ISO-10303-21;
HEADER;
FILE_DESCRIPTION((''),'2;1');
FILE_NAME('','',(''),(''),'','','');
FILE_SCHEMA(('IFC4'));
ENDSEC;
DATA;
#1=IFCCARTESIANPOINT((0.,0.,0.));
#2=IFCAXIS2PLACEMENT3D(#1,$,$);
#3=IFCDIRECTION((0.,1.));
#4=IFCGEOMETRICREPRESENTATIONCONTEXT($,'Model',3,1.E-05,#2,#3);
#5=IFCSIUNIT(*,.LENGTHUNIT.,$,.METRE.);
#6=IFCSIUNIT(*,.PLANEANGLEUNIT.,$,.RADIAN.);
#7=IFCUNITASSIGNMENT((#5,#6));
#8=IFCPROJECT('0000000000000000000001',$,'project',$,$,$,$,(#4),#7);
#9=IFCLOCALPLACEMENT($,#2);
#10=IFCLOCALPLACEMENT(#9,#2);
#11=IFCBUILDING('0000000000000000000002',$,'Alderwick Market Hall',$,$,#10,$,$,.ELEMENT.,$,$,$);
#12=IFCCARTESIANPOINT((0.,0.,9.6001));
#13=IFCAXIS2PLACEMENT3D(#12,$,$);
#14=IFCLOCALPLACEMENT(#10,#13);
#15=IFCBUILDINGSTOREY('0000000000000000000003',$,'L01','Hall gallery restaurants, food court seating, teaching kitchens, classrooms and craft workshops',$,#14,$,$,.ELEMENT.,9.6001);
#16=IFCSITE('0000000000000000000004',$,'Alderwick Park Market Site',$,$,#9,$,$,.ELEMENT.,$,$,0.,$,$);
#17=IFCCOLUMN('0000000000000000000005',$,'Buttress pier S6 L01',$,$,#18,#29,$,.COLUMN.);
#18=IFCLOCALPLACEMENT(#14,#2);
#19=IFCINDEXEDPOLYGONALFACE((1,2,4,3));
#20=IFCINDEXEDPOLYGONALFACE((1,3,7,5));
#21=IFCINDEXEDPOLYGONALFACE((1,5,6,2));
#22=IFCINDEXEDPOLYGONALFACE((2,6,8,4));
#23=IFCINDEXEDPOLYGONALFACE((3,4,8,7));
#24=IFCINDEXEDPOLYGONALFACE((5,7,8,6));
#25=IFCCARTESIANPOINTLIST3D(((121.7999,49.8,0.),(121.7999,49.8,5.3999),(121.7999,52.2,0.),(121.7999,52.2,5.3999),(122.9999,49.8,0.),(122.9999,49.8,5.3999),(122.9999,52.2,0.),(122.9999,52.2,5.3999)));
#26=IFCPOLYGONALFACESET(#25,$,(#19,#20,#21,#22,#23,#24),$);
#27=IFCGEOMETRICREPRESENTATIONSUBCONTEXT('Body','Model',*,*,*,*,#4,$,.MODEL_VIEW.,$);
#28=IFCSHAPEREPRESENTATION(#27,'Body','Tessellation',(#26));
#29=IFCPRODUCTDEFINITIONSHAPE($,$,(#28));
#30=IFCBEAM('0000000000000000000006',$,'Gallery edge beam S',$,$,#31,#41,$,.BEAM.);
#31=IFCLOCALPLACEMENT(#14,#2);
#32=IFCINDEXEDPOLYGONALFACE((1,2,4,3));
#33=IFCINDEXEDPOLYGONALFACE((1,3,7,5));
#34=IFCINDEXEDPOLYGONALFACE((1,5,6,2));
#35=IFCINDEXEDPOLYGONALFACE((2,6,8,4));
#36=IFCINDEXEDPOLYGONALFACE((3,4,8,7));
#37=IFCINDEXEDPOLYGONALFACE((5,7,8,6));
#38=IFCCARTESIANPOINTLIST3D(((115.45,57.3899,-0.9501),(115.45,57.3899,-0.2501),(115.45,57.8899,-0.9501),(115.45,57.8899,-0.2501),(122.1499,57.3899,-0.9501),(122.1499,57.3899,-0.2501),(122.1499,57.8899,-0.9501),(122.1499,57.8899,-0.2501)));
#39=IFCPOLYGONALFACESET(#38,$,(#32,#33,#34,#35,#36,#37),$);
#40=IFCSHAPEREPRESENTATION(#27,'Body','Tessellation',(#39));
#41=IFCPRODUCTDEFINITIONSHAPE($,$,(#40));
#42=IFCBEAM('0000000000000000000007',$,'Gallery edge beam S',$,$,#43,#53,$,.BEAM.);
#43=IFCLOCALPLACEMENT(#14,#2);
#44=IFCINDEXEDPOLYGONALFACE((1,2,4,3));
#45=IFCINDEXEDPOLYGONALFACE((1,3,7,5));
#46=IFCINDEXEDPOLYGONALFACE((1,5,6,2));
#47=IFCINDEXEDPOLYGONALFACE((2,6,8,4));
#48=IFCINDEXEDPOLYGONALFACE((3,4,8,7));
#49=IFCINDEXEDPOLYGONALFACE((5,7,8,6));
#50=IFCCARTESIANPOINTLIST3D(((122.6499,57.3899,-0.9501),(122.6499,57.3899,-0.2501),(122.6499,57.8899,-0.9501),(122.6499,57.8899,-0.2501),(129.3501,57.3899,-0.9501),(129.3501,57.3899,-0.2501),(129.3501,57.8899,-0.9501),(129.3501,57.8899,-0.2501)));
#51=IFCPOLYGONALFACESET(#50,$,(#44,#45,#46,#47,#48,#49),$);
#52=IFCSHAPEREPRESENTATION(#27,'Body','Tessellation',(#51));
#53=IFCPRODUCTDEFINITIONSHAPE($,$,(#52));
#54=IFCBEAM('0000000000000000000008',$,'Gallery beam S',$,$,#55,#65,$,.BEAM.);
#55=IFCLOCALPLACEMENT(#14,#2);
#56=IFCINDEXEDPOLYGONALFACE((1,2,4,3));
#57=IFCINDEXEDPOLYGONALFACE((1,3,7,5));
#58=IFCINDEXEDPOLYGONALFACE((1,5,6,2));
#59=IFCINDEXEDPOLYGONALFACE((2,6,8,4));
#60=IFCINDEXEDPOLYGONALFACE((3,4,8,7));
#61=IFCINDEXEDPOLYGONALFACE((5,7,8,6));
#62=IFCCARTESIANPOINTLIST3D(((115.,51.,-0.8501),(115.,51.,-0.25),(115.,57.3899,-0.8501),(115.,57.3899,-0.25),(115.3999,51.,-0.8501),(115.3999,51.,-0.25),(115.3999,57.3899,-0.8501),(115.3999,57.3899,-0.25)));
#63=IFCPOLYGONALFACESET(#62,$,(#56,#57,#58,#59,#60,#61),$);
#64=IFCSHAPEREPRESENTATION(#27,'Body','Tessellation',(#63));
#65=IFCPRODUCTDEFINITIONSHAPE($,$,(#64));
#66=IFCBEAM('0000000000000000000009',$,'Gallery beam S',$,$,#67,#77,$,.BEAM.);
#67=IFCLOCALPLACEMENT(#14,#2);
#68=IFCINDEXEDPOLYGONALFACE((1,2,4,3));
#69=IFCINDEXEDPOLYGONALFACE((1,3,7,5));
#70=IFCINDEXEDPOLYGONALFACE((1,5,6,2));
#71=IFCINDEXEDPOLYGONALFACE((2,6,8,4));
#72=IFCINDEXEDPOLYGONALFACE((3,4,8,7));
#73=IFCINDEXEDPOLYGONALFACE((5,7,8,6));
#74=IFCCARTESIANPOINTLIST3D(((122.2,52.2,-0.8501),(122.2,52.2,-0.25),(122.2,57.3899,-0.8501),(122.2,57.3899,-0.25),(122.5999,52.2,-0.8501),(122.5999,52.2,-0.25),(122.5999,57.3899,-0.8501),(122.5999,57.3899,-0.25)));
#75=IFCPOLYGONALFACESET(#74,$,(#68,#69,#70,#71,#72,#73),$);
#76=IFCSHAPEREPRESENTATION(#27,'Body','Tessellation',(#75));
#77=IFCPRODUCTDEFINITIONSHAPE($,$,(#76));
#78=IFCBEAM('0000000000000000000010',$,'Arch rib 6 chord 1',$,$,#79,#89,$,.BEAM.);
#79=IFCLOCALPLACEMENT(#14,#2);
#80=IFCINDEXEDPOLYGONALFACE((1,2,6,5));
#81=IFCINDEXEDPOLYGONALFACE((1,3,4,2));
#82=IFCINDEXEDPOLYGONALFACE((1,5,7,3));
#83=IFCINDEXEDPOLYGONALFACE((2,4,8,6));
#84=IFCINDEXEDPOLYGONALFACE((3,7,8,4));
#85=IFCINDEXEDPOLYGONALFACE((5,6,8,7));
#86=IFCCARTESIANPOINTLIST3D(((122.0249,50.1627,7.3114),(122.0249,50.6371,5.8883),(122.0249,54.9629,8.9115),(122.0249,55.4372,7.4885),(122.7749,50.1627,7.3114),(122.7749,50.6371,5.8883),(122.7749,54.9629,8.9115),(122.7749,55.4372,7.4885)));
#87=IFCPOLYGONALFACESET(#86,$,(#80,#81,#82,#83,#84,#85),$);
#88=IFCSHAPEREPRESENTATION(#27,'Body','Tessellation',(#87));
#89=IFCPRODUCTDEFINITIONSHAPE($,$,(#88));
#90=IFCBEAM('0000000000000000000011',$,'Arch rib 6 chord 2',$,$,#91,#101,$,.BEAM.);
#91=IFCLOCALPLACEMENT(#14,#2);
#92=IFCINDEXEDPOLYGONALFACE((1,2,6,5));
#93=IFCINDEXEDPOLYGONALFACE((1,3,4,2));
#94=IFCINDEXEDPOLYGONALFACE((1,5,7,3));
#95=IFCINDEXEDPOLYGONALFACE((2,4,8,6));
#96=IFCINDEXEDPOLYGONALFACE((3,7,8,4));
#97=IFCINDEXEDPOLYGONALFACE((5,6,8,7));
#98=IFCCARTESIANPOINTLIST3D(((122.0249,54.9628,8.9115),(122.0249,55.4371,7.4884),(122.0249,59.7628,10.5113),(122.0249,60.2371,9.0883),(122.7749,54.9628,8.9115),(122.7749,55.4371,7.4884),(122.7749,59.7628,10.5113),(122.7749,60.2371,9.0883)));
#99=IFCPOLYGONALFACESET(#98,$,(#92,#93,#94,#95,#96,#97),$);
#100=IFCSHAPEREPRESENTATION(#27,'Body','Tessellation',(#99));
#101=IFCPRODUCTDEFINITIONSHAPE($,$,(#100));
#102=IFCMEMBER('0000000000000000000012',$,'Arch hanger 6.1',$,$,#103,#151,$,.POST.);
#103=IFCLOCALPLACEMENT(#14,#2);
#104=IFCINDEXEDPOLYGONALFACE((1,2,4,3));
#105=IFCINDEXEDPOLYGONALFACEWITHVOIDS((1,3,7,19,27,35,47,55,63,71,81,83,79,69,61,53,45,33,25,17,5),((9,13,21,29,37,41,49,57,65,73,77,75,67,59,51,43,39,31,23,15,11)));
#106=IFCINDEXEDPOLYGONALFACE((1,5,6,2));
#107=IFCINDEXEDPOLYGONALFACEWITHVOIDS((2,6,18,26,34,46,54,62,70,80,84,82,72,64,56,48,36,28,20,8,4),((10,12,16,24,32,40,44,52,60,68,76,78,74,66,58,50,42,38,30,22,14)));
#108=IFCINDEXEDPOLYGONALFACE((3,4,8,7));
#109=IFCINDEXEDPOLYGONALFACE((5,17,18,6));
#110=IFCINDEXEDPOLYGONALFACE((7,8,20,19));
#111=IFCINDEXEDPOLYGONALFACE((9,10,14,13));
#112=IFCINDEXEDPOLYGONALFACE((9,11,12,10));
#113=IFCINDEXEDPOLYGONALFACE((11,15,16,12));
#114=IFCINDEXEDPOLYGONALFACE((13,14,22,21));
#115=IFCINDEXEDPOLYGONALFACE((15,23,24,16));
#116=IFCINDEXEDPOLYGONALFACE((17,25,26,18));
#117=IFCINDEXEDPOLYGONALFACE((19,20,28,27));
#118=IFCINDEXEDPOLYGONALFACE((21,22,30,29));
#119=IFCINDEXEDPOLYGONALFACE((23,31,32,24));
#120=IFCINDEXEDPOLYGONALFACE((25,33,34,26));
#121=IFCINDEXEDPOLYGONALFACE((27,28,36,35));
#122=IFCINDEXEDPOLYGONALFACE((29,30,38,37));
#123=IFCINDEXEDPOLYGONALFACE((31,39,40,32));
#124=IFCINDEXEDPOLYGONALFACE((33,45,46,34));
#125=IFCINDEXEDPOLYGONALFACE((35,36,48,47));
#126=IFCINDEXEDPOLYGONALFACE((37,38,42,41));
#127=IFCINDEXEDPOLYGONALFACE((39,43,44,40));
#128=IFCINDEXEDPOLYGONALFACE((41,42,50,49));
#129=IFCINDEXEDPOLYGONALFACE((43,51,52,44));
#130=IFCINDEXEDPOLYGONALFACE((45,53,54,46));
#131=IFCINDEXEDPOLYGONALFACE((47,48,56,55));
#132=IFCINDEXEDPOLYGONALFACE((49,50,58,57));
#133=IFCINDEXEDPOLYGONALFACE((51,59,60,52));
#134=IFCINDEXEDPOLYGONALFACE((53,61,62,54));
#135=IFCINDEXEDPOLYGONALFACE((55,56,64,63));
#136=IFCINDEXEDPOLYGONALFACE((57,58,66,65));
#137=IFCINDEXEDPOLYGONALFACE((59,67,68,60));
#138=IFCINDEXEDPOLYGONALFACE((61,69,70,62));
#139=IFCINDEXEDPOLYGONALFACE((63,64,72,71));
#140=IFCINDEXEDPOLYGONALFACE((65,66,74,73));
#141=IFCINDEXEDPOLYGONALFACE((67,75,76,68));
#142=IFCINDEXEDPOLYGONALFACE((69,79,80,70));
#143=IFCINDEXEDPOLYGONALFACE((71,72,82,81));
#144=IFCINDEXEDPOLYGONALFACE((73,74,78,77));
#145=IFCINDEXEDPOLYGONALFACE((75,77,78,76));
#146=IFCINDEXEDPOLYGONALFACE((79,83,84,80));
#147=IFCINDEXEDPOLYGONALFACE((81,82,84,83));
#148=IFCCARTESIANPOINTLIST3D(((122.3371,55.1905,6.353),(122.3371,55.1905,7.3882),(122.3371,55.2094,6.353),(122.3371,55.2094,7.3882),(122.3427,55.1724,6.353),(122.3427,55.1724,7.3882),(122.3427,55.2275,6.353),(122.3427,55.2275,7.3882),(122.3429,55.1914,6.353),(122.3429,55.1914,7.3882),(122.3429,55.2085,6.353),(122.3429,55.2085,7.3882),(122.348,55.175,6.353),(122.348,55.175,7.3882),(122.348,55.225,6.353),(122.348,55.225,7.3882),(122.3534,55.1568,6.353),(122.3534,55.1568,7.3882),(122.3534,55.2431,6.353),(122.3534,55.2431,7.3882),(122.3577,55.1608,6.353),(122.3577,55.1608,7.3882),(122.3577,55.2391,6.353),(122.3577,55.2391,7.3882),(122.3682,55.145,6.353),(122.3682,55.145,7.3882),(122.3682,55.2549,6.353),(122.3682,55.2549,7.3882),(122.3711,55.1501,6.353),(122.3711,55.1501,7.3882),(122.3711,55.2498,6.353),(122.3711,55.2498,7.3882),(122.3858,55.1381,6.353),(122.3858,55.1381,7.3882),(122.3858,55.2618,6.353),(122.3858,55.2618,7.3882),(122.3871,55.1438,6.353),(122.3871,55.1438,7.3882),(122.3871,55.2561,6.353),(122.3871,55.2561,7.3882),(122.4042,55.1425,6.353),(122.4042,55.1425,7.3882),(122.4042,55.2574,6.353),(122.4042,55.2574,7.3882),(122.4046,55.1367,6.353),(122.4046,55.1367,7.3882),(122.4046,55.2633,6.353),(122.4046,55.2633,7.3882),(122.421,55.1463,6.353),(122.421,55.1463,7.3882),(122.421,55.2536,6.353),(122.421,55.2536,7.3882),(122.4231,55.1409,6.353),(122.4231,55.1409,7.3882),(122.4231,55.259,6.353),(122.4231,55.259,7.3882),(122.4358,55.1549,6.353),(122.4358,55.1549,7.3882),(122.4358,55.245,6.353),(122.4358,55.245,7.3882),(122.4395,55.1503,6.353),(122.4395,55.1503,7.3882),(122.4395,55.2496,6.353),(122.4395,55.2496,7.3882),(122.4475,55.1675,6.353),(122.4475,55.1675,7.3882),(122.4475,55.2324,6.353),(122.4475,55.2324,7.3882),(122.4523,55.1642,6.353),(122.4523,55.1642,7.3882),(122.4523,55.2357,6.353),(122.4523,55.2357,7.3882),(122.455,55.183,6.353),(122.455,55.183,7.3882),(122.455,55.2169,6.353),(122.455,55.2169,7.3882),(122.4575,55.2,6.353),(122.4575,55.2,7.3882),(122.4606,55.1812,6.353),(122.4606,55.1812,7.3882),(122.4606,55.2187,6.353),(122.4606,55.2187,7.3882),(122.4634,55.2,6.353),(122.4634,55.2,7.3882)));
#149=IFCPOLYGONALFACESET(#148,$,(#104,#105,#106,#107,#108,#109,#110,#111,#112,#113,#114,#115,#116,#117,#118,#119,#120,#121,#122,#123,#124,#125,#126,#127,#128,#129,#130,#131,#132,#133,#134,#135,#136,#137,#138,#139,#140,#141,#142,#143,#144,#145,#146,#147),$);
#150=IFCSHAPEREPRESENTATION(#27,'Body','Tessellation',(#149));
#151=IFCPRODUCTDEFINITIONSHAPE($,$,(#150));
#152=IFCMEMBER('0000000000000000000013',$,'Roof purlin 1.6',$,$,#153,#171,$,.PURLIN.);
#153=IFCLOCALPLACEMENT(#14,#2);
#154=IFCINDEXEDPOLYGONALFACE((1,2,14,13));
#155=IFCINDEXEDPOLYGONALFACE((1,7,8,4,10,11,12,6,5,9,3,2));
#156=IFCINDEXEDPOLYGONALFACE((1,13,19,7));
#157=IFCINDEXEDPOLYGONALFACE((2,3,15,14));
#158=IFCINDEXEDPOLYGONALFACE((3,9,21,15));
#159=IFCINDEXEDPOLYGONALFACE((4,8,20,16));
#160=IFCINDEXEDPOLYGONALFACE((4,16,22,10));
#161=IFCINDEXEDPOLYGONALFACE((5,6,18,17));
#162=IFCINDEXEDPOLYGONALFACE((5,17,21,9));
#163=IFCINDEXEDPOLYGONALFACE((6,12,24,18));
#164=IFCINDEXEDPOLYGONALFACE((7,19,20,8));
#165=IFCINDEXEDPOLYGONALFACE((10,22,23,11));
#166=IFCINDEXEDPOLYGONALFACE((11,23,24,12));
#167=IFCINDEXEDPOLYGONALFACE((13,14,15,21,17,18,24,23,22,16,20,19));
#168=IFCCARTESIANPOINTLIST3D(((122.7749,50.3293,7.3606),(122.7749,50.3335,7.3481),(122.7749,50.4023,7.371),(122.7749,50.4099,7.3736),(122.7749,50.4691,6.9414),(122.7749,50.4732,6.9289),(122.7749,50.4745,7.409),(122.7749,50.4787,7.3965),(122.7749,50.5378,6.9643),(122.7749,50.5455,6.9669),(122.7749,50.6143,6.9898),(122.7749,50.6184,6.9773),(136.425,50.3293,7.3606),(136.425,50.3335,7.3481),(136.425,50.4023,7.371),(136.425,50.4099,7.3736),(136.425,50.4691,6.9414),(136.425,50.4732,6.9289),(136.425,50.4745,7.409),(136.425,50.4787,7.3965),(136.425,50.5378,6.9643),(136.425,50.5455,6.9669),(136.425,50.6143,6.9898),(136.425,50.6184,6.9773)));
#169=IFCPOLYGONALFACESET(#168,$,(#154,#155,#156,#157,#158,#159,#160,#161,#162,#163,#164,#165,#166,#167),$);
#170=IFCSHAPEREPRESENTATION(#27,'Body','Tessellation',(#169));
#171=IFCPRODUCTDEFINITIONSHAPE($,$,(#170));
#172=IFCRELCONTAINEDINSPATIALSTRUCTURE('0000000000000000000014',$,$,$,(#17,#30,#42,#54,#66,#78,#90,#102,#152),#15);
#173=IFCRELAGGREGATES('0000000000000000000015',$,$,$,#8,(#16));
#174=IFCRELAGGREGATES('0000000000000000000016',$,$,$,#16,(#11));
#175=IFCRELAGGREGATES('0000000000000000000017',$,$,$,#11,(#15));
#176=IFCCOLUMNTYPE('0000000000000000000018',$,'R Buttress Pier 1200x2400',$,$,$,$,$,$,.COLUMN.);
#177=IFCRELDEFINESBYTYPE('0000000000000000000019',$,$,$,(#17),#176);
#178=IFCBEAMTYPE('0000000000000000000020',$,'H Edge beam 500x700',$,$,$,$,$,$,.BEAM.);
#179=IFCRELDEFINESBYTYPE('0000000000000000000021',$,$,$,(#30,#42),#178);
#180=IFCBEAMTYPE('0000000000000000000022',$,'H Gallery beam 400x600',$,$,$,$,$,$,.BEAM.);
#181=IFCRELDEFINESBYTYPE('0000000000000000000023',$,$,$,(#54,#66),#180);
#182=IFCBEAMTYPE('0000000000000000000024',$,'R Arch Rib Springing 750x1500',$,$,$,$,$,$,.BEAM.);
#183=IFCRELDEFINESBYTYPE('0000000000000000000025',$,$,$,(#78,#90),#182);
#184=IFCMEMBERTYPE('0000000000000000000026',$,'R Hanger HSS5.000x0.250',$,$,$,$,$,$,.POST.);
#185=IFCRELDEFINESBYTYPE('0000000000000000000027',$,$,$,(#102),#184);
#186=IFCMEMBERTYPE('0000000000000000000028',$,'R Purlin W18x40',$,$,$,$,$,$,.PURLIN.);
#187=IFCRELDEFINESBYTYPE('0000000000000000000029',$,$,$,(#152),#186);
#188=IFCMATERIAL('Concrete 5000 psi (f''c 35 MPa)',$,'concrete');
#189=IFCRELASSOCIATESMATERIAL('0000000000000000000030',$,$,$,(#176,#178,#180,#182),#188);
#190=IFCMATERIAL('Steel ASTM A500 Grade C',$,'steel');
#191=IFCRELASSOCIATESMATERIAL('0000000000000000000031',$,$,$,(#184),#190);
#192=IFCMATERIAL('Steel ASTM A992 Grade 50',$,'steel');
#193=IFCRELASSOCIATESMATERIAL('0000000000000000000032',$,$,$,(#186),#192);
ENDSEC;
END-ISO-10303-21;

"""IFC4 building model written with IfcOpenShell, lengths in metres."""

from ifc_helpers import new_model, si_unit, direction, frame, origin, origin_2d, place, context, subcontext, project, spatial, rectangle, hollow_circle, i_section, extrude, material, material_profile, profile_set, type_object, element, save


model = new_model("IFC4")

# Units and contexts
model_context = context("Model", 3, precision=1e-05, world=origin(), true_north=direction((0.0, 1.0)))
body_context = subcontext(model_context, "Body", "Model", "MODEL_VIEW")
ifc_project = project(units=[si_unit("LENGTHUNIT", "METRE"), si_unit("PLANEANGLEUNIT", "RADIAN")], contexts=[model_context])

# Site, building, storey
site_placement = place(None, origin())
site = spatial("IfcSite", under=ifc_project, at=site_placement, Name="Alderwick Park Market Site", CompositionType="ELEMENT", RefElevation=0.0)
building_placement = place(site_placement, origin())
building = spatial("IfcBuilding", under=site, at=building_placement, Name="Alderwick Market Hall", CompositionType="ELEMENT")
storey_placement = place(building_placement, frame((0.0, 0.0, 9.6001)))
storey = spatial("IfcBuildingStorey", under=building, at=storey_placement, Name="L01", Description="Hall gallery restaurants, food court seating, teaching kitchens, classrooms and craft workshops", CompositionType="ELEMENT", Elevation=9.6001)

# Column
ifc_material_1 = material(Name="Concrete 5000 psi (f'c 35 MPa)", Category="concrete")
ifc_material_profile_1 = material_profile(ifc_material_1, rectangle(XDim=1.2, YDim=2.3999, at=origin_2d()), Name="RC 1200x2400")
ifc_profile_set_1 = profile_set([ifc_material_profile_1], Name="Concrete 5000 psi (f'c 35 MPa)")
column_type = type_object("IfcColumnType", Name="R Buttress Pier 1200x2400", PredefinedType="COLUMN", material=ifc_profile_set_1)
column_placement = place(storey_placement, frame((122.3999, 51.0, 0.0), z_axis=(0.0, 0.0, 1.0), x_axis=(1.0, 0.0, 0.0)))
element("IfcColumn", 1, at=column_placement, inside=storey, type_object=column_type, Name="Buttress pier S6 L01", PredefinedType="COLUMN", context=body_context, shape_type="SweptSolid", body=[
    extrude(rectangle(XDim=1.2, YDim=2.3999, at=origin_2d()), origin(), (0.0, 0.0, 1.0), 5.3999),
])

# Beams
ifc_material_profile_2 = material_profile(ifc_material_1, rectangle(XDim=0.5, YDim=0.7, at=origin_2d()), Name="RC 500x700")
ifc_profile_set_2 = profile_set([ifc_material_profile_2], Name="Concrete 5000 psi (f'c 35 MPa)")
beam_type_1 = type_object("IfcBeamType", Name="H Edge beam 500x700", PredefinedType="BEAM", material=ifc_profile_set_2)
beam_1_placement = place(storey_placement, frame((115.45, 57.6399, -0.6001), z_axis=(1.0, 0.0, 0.0), x_axis=(0.0, 1.0, 0.0)))
element("IfcBeam", 2, at=beam_1_placement, inside=storey, type_object=beam_type_1, Name="Gallery edge beam S", PredefinedType="BEAM", context=body_context, shape_type="SweptSolid", body=[
    extrude(rectangle(XDim=0.5, YDim=0.7, at=origin_2d()), origin(), (0.0, 0.0, 1.0), 6.7),
])
beam_2_placement = place(storey_placement, frame((122.6499, 57.6399, -0.6001), z_axis=(1.0, 0.0, 0.0), x_axis=(0.0, 1.0, 0.0)))
element("IfcBeam", 3, at=beam_2_placement, inside=storey, type_object=beam_type_1, Name="Gallery edge beam S", PredefinedType="BEAM", context=body_context, shape_type="SweptSolid", body=[
    extrude(rectangle(XDim=0.5, YDim=0.7, at=origin_2d()), origin(), (0.0, 0.0, 1.0), 6.7002),
])
ifc_material_profile_3 = material_profile(ifc_material_1, rectangle(XDim=0.3999, YDim=0.6001, at=origin_2d()), Name="RC 400x600")
ifc_profile_set_3 = profile_set([ifc_material_profile_3], Name="Concrete 5000 psi (f'c 35 MPa)")
beam_type_2 = type_object("IfcBeamType", Name="H Gallery beam 400x600", PredefinedType="BEAM", material=ifc_profile_set_3)
beam_3_placement = place(storey_placement, frame((115.2, 51.0, -0.55), z_axis=(0.0, 1.0, 0.0), x_axis=(-1.0, 0.0, 0.0)))
element("IfcBeam", 4, at=beam_3_placement, inside=storey, type_object=beam_type_2, Name="Gallery beam S", PredefinedType="BEAM", context=body_context, shape_type="SweptSolid", body=[
    extrude(rectangle(XDim=0.3999, YDim=0.6001, at=origin_2d()), origin(), (0.0, 0.0, 1.0), 6.3899),
])
beam_4_placement = place(storey_placement, frame((122.3999, 52.2, -0.55), z_axis=(0.0, 1.0, 0.0), x_axis=(-1.0, 0.0, 0.0)))
element("IfcBeam", 5, at=beam_4_placement, inside=storey, type_object=beam_type_2, Name="Gallery beam S", PredefinedType="BEAM", context=body_context, shape_type="SweptSolid", body=[
    extrude(rectangle(XDim=0.3999, YDim=0.6001, at=origin_2d()), origin(), (0.0, 0.0, 1.0), 5.1899),
])
ifc_material_profile_4 = material_profile(ifc_material_1, rectangle(XDim=0.75, YDim=1.5, at=origin_2d()), Name="RC 750x1500")
ifc_profile_set_4 = profile_set([ifc_material_profile_4], Name="Concrete 5000 psi (f'c 35 MPa)")
beam_type_3 = type_object("IfcBeamType", Name="R Arch Rib Springing 750x1500", PredefinedType="BEAM", material=ifc_profile_set_4)
beam_5_placement = place(storey_placement, frame((122.3999, 50.3999, 6.5999), z_axis=(0.0, 0.948678, 0.316242), x_axis=(-1.0, 0.0, 0.0)))
element("IfcBeam", 6, at=beam_5_placement, inside=storey, type_object=beam_type_3, Name="Arch rib 6 chord 1", PredefinedType="BEAM", context=body_context, shape_type="SweptSolid", body=[
    extrude(rectangle(XDim=0.75, YDim=1.5, at=origin_2d()), origin(), (0.0, 0.0, 1.0), 5.0598),
])
beam_6_placement = place(storey_placement, frame((122.3999, 55.2, 8.2), z_axis=(0.0, 0.948693, 0.316199), x_axis=(-1.0, 0.0, 0.0)))
element("IfcBeam", 7, at=beam_6_placement, inside=storey, type_object=beam_type_3, Name="Arch rib 6 chord 2", PredefinedType="BEAM", context=body_context, shape_type="SweptSolid", body=[
    extrude(rectangle(XDim=0.75, YDim=1.5, at=origin_2d()), origin(), (0.0, 0.0, 1.0), 5.0596),
])

# Members
ifc_material_2 = material(Name="Steel ASTM A500 Grade C", Category="steel")
ifc_material_profile_5 = material_profile(ifc_material_2, hollow_circle(Radius=0.0635, WallThickness=0.0059, at=origin_2d()), Name="HSS5.000x0.250")
ifc_profile_set_5 = profile_set([ifc_material_profile_5], Name="Steel ASTM A500 Grade C")
member_type_1 = type_object("IfcMemberType", Name="R Hanger HSS5.000x0.250", PredefinedType="POST", material=ifc_profile_set_5)
member_1_placement = place(storey_placement, frame((122.3999, 55.2, 6.353), z_axis=(0.0, 0.0, 1.0), x_axis=(1.0, 0.0, 0.0)))
element("IfcMember", 8, at=member_1_placement, inside=storey, type_object=member_type_1, Name="Arch hanger 6.1", PredefinedType="POST", context=body_context, shape_type="SweptSolid", body=[
    extrude(hollow_circle(Radius=0.0635, WallThickness=0.0059, at=origin_2d()), origin(), (0.0, 0.0, 1.0), 1.0352),
])
ifc_material_3 = material(Name="Steel ASTM A992 Grade 50", Category="steel")
ifc_material_profile_6 = material_profile(ifc_material_3, i_section(OverallWidth=0.1531, OverallDepth=0.4551, WebThickness=0.0081, FlangeThickness=0.0132, at=origin_2d()), Name="W18x40")
ifc_profile_set_6 = profile_set([ifc_material_profile_6], Name="Steel ASTM A992 Grade 50")
member_type_2 = type_object("IfcMemberType", Name="R Purlin W18x40", PredefinedType="PURLIN", material=ifc_profile_set_6)
member_2_placement = place(storey_placement, frame((122.7749, 50.4739, 7.1689), z_axis=(1.0, 0.0, 0.0), x_axis=(0.0, 0.948683, 0.316228)))
element("IfcMember", 9, at=member_2_placement, inside=storey, type_object=member_type_2, Name="Roof purlin 1.6", PredefinedType="PURLIN", context=body_context, shape_type="SweptSolid", body=[
    extrude(i_section(OverallWidth=0.1531, OverallDepth=0.4551, WebThickness=0.0081, FlangeThickness=0.0132, at=origin_2d()), origin(), (0.0, 0.0, 1.0), 13.6501),
])

save(model, "model.ifc")
